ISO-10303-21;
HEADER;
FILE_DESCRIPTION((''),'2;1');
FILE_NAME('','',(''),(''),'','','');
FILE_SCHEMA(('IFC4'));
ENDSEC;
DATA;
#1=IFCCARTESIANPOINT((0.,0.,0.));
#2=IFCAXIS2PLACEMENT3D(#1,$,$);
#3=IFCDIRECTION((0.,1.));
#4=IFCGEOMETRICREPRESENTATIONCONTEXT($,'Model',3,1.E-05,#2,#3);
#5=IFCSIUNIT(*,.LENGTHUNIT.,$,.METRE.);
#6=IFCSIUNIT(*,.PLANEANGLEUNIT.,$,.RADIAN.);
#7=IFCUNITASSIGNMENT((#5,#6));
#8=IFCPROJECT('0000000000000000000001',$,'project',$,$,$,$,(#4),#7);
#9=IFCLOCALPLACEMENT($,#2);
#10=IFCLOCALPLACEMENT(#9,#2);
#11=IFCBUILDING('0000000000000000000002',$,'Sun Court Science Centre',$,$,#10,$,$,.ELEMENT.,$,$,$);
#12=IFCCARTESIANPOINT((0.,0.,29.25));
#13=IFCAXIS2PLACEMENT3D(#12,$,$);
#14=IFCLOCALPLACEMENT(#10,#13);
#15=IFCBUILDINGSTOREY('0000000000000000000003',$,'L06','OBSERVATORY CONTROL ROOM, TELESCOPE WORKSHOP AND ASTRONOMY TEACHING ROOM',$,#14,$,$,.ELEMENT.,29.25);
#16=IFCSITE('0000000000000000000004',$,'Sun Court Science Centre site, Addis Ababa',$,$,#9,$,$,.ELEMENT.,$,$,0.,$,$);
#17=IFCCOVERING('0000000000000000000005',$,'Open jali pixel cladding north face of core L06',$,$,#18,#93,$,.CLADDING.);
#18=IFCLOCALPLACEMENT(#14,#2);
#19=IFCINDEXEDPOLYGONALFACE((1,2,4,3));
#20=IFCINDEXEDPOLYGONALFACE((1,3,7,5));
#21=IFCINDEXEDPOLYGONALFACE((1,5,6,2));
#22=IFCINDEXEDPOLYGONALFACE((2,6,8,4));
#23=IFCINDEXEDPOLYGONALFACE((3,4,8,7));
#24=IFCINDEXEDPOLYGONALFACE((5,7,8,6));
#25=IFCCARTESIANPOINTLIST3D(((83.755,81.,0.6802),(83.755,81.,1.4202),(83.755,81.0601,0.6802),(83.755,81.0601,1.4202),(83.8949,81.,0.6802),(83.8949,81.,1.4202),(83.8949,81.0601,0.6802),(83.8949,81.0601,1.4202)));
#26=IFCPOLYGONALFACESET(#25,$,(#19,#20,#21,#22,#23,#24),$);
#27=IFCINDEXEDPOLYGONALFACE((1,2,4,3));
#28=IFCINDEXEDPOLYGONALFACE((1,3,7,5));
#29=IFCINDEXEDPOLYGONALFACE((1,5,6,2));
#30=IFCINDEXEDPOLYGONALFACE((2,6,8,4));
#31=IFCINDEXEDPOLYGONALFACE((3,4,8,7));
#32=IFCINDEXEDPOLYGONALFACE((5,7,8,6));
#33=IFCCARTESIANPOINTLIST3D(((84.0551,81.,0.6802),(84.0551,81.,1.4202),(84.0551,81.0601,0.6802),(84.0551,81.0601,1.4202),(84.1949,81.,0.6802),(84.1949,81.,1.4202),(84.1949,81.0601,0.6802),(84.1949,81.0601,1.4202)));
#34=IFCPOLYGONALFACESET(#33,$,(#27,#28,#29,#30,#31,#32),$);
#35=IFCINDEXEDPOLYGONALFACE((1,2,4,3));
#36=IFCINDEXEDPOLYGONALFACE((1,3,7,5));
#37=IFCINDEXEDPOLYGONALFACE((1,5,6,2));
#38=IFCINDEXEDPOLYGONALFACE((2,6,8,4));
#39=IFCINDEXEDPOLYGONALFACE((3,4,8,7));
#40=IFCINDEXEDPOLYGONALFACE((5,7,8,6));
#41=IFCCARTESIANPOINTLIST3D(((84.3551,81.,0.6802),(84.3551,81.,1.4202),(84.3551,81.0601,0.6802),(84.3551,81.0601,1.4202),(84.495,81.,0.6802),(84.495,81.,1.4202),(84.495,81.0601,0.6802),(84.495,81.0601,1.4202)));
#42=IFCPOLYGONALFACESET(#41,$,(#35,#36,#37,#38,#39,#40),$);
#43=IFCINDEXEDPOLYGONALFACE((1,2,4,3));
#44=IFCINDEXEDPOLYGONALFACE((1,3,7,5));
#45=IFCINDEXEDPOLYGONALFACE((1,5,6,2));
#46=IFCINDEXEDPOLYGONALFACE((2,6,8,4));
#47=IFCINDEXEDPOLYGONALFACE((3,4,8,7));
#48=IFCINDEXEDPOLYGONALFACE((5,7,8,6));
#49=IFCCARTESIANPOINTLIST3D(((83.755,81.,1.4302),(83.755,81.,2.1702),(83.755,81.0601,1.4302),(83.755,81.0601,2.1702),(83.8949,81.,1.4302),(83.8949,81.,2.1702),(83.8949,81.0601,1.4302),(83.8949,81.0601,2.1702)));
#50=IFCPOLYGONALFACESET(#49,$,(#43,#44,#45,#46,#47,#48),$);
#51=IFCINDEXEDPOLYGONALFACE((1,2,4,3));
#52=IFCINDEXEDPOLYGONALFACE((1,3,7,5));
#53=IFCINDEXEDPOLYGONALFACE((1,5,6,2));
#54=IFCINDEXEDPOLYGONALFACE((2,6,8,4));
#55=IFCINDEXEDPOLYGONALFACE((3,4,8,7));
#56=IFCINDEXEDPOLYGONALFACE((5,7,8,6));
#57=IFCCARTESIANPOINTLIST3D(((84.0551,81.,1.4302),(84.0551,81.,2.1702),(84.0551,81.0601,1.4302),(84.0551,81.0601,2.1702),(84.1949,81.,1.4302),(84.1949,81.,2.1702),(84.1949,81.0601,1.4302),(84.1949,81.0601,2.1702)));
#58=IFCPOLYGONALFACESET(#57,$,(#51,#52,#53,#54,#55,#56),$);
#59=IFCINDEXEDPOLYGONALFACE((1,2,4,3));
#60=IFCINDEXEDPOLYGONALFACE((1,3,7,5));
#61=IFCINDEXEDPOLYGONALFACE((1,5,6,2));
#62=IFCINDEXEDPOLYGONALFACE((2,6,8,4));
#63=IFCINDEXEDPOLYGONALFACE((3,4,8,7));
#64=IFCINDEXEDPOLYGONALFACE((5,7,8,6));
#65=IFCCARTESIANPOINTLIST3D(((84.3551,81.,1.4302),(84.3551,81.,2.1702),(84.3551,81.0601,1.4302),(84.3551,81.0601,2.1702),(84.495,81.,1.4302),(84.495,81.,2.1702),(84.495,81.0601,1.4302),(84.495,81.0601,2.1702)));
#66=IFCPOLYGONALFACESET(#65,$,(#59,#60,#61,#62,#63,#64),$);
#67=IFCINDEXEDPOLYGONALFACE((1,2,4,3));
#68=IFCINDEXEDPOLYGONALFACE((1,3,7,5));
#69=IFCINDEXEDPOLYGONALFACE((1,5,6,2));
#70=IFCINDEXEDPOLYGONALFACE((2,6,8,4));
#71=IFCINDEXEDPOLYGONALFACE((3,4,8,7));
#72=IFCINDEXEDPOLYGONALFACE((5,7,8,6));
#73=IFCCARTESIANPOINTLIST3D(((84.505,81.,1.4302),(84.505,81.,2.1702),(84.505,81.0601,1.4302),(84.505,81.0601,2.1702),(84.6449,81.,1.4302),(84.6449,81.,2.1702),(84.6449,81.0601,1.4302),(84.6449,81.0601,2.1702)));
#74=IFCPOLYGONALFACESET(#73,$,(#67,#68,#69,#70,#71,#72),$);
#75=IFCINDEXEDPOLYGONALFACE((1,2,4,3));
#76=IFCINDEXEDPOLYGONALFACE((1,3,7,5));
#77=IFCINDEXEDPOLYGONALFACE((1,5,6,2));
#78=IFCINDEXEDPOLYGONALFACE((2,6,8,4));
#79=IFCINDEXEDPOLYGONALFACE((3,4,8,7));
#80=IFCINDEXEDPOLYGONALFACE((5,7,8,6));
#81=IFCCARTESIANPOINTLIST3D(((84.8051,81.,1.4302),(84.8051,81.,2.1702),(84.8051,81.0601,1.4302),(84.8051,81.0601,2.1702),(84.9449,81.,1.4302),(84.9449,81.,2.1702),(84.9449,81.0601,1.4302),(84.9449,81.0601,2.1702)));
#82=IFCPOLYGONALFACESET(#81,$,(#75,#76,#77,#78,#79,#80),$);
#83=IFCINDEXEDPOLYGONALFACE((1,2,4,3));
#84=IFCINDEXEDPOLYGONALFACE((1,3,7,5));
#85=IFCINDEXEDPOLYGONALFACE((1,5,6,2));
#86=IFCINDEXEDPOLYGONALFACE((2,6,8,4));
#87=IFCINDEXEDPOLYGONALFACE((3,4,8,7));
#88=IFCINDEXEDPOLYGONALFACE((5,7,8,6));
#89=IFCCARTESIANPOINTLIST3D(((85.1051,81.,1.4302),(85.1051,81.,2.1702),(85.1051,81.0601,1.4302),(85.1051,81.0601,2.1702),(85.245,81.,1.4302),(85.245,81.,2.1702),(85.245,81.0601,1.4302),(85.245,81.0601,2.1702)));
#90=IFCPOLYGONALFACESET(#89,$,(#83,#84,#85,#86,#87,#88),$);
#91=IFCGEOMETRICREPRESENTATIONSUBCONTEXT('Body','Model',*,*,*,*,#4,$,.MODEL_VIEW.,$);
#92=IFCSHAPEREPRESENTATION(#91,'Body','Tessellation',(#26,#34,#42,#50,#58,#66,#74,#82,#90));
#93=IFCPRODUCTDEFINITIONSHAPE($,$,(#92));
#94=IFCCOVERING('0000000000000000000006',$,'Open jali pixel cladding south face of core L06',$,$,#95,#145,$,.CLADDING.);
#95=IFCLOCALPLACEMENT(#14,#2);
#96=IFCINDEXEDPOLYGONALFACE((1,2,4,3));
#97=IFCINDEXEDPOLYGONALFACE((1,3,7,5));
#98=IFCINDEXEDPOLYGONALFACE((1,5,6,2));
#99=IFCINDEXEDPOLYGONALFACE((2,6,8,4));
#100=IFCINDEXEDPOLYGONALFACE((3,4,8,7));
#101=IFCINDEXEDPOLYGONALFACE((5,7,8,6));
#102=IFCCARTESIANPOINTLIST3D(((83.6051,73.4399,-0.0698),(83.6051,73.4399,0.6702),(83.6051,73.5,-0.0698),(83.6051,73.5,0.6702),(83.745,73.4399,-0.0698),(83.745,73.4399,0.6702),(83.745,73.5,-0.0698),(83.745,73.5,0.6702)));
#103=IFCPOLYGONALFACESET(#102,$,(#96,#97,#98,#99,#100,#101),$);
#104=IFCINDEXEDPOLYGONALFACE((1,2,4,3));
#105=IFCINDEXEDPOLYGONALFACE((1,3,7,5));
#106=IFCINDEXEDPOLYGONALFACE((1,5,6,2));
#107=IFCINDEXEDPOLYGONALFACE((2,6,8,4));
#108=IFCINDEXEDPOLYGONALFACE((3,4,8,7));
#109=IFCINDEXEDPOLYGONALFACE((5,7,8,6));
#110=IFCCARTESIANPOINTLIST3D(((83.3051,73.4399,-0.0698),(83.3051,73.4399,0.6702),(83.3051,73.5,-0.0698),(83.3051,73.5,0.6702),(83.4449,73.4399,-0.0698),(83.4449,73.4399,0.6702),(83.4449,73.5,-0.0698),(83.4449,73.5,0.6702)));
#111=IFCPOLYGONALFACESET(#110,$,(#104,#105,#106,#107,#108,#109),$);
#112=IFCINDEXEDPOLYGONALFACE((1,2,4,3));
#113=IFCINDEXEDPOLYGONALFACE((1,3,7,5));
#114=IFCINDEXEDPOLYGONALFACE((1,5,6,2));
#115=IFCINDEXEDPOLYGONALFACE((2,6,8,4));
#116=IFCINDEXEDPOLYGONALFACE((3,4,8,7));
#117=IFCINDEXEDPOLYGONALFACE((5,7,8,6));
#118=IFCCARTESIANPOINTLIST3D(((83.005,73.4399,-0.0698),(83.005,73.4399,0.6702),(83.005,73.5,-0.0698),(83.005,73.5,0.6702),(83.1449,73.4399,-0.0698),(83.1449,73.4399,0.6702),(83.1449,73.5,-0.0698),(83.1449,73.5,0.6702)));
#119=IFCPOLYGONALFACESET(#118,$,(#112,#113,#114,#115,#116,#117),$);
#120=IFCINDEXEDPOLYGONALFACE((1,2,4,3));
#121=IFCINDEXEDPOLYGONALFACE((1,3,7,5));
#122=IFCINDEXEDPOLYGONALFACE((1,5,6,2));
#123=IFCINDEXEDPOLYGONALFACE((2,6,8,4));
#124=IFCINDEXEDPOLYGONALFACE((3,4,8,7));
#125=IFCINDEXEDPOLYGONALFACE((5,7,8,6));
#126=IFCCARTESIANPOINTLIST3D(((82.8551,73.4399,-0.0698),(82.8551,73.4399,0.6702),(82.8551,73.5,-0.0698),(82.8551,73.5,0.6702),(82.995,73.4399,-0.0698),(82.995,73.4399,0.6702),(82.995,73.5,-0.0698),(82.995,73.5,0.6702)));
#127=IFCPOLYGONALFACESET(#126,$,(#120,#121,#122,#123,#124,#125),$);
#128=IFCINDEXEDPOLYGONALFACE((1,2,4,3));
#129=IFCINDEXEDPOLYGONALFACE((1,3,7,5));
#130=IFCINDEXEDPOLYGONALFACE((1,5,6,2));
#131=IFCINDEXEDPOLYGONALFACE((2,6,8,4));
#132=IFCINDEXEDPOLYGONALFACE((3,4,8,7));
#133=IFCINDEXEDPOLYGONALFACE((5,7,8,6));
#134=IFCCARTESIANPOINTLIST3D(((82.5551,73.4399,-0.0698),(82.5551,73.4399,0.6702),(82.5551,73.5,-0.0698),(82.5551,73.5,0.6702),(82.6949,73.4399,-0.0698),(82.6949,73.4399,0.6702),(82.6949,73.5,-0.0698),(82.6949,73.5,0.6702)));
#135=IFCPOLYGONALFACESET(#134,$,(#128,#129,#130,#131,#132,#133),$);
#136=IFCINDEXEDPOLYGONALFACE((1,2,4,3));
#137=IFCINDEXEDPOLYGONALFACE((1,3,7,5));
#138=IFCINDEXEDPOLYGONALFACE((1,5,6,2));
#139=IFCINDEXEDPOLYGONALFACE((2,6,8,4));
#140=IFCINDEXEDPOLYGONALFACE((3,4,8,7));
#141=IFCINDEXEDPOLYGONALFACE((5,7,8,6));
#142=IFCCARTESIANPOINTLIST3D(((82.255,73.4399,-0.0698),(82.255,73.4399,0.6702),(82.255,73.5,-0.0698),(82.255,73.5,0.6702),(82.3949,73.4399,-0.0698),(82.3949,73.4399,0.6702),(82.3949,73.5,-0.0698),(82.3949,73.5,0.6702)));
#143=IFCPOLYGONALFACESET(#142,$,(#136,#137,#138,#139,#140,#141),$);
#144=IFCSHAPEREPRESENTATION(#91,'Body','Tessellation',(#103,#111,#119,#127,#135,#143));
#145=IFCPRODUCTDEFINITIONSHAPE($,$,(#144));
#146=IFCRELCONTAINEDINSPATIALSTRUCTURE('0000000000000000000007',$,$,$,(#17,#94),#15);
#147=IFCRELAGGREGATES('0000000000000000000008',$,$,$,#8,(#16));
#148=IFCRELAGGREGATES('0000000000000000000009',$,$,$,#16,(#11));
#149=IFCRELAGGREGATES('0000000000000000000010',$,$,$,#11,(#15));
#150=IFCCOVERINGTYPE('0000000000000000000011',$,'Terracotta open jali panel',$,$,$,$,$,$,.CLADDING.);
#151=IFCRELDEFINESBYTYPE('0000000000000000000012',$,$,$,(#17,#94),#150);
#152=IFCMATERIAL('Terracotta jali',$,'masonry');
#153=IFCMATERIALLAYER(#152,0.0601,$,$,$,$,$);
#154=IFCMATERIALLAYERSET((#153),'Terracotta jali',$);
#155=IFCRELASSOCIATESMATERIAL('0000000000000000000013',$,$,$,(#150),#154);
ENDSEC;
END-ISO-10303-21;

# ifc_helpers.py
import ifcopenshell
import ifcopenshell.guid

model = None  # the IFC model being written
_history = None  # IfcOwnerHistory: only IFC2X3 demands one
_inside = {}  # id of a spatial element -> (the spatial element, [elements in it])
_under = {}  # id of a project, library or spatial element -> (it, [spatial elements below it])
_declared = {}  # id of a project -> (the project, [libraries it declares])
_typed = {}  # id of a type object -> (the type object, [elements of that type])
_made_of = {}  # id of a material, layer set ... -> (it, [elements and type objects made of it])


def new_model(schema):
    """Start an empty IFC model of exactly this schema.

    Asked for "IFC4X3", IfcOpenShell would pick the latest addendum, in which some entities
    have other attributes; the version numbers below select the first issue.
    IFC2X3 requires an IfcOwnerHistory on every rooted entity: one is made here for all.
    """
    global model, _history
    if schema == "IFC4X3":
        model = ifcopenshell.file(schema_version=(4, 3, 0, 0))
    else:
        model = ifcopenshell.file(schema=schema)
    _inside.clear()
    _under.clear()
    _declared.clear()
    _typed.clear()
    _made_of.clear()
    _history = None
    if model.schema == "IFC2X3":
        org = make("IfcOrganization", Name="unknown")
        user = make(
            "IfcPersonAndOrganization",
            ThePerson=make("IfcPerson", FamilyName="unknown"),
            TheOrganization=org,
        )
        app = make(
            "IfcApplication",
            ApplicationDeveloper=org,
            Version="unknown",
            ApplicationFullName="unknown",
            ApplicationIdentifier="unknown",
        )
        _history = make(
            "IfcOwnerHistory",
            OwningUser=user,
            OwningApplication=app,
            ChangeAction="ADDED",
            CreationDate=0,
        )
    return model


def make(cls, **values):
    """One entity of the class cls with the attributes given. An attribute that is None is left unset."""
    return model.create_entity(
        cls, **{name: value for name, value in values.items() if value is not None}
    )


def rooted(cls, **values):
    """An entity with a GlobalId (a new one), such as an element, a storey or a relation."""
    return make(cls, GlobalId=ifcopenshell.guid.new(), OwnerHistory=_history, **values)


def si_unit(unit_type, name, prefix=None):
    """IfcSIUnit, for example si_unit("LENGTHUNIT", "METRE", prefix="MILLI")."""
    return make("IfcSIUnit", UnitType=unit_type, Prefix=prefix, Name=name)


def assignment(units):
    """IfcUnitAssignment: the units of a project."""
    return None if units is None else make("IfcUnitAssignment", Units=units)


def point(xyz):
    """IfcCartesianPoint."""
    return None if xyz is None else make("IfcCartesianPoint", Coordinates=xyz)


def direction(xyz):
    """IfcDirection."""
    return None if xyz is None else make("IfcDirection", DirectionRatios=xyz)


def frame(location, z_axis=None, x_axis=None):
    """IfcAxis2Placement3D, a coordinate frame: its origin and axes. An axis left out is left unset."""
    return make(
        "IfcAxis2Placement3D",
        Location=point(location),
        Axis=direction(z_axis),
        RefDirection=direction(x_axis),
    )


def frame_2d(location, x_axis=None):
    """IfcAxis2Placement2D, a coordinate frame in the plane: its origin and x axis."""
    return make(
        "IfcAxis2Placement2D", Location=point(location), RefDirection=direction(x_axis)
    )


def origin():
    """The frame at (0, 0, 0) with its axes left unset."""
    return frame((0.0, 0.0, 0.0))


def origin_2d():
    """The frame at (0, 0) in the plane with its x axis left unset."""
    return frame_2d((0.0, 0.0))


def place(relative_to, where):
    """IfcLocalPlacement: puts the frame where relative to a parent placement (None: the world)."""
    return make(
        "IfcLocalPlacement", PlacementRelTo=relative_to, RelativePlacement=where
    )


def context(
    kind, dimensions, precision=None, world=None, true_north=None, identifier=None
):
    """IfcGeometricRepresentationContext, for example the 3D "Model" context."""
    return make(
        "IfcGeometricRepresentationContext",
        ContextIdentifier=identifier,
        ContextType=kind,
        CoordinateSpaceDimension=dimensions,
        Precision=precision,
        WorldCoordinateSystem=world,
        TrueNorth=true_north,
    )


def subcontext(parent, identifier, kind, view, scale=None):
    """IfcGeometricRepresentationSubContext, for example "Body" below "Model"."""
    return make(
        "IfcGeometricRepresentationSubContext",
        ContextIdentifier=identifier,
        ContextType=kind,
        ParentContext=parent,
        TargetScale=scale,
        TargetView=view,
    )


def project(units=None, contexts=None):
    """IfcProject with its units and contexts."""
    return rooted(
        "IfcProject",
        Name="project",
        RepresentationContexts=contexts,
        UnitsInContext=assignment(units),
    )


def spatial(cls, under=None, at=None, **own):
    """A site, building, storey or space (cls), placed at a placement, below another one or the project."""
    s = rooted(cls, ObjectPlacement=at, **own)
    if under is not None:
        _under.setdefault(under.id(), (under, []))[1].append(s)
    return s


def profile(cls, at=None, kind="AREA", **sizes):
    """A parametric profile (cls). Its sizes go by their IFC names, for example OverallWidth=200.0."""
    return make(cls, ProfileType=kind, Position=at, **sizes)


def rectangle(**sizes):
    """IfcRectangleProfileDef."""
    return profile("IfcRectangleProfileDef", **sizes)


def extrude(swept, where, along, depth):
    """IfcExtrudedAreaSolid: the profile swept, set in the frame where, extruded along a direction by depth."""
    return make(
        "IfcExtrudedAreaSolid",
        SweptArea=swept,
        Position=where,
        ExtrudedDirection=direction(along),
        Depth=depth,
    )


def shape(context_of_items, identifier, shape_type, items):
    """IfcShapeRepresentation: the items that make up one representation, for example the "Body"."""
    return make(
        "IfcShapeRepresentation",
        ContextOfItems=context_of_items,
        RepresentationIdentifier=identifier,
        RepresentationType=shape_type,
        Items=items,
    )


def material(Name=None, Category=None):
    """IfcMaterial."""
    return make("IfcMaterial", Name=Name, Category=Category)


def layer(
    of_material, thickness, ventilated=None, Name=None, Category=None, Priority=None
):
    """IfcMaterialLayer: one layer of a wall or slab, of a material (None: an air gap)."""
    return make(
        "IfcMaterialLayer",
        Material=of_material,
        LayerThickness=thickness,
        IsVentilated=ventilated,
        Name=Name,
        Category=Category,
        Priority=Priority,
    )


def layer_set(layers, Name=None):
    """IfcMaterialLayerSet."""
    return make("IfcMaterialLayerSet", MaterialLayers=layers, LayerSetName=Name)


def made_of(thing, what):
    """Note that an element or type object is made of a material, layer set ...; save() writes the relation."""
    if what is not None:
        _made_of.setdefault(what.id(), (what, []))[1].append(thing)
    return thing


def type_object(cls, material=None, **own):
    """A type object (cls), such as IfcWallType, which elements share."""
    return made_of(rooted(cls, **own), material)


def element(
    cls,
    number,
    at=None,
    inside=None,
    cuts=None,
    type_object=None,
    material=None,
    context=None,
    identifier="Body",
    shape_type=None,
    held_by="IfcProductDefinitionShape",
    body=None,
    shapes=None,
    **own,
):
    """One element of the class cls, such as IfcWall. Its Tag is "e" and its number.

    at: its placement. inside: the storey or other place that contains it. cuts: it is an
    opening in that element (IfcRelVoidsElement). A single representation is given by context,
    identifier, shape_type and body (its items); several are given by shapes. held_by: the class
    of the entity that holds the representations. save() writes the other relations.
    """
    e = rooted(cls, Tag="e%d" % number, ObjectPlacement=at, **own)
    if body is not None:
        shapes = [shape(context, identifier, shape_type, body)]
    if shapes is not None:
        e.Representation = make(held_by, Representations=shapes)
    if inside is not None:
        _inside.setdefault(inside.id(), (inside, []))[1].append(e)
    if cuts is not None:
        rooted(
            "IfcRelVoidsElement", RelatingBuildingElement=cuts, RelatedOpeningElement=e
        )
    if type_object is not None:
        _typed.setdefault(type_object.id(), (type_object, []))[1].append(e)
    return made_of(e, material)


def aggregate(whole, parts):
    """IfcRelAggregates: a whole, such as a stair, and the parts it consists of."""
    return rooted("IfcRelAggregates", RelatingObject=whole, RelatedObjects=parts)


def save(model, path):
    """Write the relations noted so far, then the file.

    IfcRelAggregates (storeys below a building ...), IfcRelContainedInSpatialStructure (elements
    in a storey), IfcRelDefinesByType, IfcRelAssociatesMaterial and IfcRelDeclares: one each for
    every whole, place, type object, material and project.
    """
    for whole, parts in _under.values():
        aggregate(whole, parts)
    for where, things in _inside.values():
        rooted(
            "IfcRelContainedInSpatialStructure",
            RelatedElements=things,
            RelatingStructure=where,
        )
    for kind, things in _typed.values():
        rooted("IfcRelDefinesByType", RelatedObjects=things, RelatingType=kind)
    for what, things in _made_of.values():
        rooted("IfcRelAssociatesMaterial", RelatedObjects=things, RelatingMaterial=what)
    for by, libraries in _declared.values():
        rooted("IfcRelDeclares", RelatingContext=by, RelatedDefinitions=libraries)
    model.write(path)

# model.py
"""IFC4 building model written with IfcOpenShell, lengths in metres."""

from ifc_helpers import new_model, si_unit, direction, frame, origin, origin_2d, place, context, subcontext, project, spatial, rectangle, extrude, material, layer, layer_set, type_object, element, save


model = new_model("IFC4")

# Units and contexts
model_context = context("Model", 3, precision=1e-05, world=origin(), true_north=direction((0.0, 1.0)))
body_context = subcontext(model_context, "Body", "Model", "MODEL_VIEW")
ifc_project = project(units=[si_unit("LENGTHUNIT", "METRE"), si_unit("PLANEANGLEUNIT", "RADIAN")], contexts=[model_context])

# Site, building, storey
site_placement = place(None, origin())
site = spatial("IfcSite", under=ifc_project, at=site_placement, Name="Sun Court Science Centre site, Addis Ababa", CompositionType="ELEMENT", RefElevation=0.0)
building_placement = place(site_placement, origin())
building = spatial("IfcBuilding", under=site, at=building_placement, Name="Sun Court Science Centre", CompositionType="ELEMENT")
storey_placement = place(building_placement, frame((0.0, 0.0, 29.25)))
storey = spatial("IfcBuildingStorey", under=building, at=storey_placement, Name="L06", Description="OBSERVATORY CONTROL ROOM, TELESCOPE WORKSHOP AND ASTRONOMY TEACHING ROOM", CompositionType="ELEMENT", Elevation=29.25)

# Coverings
ifc_material_1 = material(Name="Terracotta jali", Category="masonry")
ifc_layer_1 = layer(ifc_material_1, 0.0601)
ifc_layer_set_1 = layer_set([ifc_layer_1], Name="Terracotta jali")
covering_type_1 = type_object("IfcCoveringType", Name="Terracotta open jali panel", PredefinedType="CLADDING", material=ifc_layer_set_1)
covering_1_placement = place(storey_placement, frame((0.0, 0.0, -29.25)))
element("IfcCovering", 1, at=covering_1_placement, inside=storey, type_object=covering_type_1, Name="Open jali pixel cladding north face of core L06", PredefinedType="CLADDING", context=body_context, shape_type="SweptSolid", body=[
    extrude(rectangle(XDim=0.1399, YDim=0.0601, at=origin_2d()), frame((83.825, 81.03, 29.9302), z_axis=(0.0, 0.0, 1.0), x_axis=(1.0, 0.0, 0.0)), (0.0, 0.0, 1.0), 0.74),
    extrude(rectangle(XDim=0.1399, YDim=0.0601, at=origin_2d()), frame((84.125, 81.03, 29.9302), z_axis=(0.0, 0.0, 1.0), x_axis=(1.0, 0.0, 0.0)), (0.0, 0.0, 1.0), 0.74),
    extrude(rectangle(XDim=0.1399, YDim=0.0601, at=origin_2d()), frame((84.425, 81.03, 29.9302), z_axis=(0.0, 0.0, 1.0), x_axis=(1.0, 0.0, 0.0)), (0.0, 0.0, 1.0), 0.74),
    extrude(rectangle(XDim=0.1399, YDim=0.0601, at=origin_2d()), frame((83.825, 81.03, 30.6802), z_axis=(0.0, 0.0, 1.0), x_axis=(1.0, 0.0, 0.0)), (0.0, 0.0, 1.0), 0.74),
    extrude(rectangle(XDim=0.1399, YDim=0.0601, at=origin_2d()), frame((84.125, 81.03, 30.6802), z_axis=(0.0, 0.0, 1.0), x_axis=(1.0, 0.0, 0.0)), (0.0, 0.0, 1.0), 0.74),
    extrude(rectangle(XDim=0.1399, YDim=0.0601, at=origin_2d()), frame((84.425, 81.03, 30.6802), z_axis=(0.0, 0.0, 1.0), x_axis=(1.0, 0.0, 0.0)), (0.0, 0.0, 1.0), 0.74),
    extrude(rectangle(XDim=0.1399, YDim=0.0601, at=origin_2d()), frame((84.575, 81.03, 30.6802), z_axis=(0.0, 0.0, 1.0), x_axis=(1.0, 0.0, 0.0)), (0.0, 0.0, 1.0), 0.74),
    extrude(rectangle(XDim=0.1399, YDim=0.0601, at=origin_2d()), frame((84.875, 81.03, 30.6802), z_axis=(0.0, 0.0, 1.0), x_axis=(1.0, 0.0, 0.0)), (0.0, 0.0, 1.0), 0.74),
    extrude(rectangle(XDim=0.1399, YDim=0.0601, at=origin_2d()), frame((85.175, 81.03, 30.6802), z_axis=(0.0, 0.0, 1.0), x_axis=(1.0, 0.0, 0.0)), (0.0, 0.0, 1.0), 0.74),
])
covering_2_placement = place(storey_placement, frame((0.0, 0.0, -29.25)))
element("IfcCovering", 2, at=covering_2_placement, inside=storey, type_object=covering_type_1, Name="Open jali pixel cladding south face of core L06", PredefinedType="CLADDING", context=body_context, shape_type="SweptSolid", body=[
    extrude(rectangle(XDim=0.1399, YDim=0.0601, at=origin_2d()), frame((83.675, 73.47, 29.1802), z_axis=(0.0, 0.0, 1.0), x_axis=(-1.0, 0.0, 0.0)), (0.0, 0.0, 1.0), 0.74),
    extrude(rectangle(XDim=0.1399, YDim=0.0601, at=origin_2d()), frame((83.375, 73.47, 29.1802), z_axis=(0.0, 0.0, 1.0), x_axis=(-1.0, 0.0, 0.0)), (0.0, 0.0, 1.0), 0.74),
    extrude(rectangle(XDim=0.1399, YDim=0.0601, at=origin_2d()), frame((83.075, 73.47, 29.1802), z_axis=(0.0, 0.0, 1.0), x_axis=(-1.0, 0.0, 0.0)), (0.0, 0.0, 1.0), 0.74),
    extrude(rectangle(XDim=0.1399, YDim=0.0601, at=origin_2d()), frame((82.925, 73.47, 29.1802), z_axis=(0.0, 0.0, 1.0), x_axis=(-1.0, 0.0, 0.0)), (0.0, 0.0, 1.0), 0.74),
    extrude(rectangle(XDim=0.1399, YDim=0.0601, at=origin_2d()), frame((82.625, 73.47, 29.1802), z_axis=(0.0, 0.0, 1.0), x_axis=(-1.0, 0.0, 0.0)), (0.0, 0.0, 1.0), 0.74),
    extrude(rectangle(XDim=0.1399, YDim=0.0601, at=origin_2d()), frame((82.325, 73.47, 29.1802), z_axis=(0.0, 0.0, 1.0), x_axis=(-1.0, 0.0, 0.0)), (0.0, 0.0, 1.0), 0.74),
])

save(model, "model.ifc")
